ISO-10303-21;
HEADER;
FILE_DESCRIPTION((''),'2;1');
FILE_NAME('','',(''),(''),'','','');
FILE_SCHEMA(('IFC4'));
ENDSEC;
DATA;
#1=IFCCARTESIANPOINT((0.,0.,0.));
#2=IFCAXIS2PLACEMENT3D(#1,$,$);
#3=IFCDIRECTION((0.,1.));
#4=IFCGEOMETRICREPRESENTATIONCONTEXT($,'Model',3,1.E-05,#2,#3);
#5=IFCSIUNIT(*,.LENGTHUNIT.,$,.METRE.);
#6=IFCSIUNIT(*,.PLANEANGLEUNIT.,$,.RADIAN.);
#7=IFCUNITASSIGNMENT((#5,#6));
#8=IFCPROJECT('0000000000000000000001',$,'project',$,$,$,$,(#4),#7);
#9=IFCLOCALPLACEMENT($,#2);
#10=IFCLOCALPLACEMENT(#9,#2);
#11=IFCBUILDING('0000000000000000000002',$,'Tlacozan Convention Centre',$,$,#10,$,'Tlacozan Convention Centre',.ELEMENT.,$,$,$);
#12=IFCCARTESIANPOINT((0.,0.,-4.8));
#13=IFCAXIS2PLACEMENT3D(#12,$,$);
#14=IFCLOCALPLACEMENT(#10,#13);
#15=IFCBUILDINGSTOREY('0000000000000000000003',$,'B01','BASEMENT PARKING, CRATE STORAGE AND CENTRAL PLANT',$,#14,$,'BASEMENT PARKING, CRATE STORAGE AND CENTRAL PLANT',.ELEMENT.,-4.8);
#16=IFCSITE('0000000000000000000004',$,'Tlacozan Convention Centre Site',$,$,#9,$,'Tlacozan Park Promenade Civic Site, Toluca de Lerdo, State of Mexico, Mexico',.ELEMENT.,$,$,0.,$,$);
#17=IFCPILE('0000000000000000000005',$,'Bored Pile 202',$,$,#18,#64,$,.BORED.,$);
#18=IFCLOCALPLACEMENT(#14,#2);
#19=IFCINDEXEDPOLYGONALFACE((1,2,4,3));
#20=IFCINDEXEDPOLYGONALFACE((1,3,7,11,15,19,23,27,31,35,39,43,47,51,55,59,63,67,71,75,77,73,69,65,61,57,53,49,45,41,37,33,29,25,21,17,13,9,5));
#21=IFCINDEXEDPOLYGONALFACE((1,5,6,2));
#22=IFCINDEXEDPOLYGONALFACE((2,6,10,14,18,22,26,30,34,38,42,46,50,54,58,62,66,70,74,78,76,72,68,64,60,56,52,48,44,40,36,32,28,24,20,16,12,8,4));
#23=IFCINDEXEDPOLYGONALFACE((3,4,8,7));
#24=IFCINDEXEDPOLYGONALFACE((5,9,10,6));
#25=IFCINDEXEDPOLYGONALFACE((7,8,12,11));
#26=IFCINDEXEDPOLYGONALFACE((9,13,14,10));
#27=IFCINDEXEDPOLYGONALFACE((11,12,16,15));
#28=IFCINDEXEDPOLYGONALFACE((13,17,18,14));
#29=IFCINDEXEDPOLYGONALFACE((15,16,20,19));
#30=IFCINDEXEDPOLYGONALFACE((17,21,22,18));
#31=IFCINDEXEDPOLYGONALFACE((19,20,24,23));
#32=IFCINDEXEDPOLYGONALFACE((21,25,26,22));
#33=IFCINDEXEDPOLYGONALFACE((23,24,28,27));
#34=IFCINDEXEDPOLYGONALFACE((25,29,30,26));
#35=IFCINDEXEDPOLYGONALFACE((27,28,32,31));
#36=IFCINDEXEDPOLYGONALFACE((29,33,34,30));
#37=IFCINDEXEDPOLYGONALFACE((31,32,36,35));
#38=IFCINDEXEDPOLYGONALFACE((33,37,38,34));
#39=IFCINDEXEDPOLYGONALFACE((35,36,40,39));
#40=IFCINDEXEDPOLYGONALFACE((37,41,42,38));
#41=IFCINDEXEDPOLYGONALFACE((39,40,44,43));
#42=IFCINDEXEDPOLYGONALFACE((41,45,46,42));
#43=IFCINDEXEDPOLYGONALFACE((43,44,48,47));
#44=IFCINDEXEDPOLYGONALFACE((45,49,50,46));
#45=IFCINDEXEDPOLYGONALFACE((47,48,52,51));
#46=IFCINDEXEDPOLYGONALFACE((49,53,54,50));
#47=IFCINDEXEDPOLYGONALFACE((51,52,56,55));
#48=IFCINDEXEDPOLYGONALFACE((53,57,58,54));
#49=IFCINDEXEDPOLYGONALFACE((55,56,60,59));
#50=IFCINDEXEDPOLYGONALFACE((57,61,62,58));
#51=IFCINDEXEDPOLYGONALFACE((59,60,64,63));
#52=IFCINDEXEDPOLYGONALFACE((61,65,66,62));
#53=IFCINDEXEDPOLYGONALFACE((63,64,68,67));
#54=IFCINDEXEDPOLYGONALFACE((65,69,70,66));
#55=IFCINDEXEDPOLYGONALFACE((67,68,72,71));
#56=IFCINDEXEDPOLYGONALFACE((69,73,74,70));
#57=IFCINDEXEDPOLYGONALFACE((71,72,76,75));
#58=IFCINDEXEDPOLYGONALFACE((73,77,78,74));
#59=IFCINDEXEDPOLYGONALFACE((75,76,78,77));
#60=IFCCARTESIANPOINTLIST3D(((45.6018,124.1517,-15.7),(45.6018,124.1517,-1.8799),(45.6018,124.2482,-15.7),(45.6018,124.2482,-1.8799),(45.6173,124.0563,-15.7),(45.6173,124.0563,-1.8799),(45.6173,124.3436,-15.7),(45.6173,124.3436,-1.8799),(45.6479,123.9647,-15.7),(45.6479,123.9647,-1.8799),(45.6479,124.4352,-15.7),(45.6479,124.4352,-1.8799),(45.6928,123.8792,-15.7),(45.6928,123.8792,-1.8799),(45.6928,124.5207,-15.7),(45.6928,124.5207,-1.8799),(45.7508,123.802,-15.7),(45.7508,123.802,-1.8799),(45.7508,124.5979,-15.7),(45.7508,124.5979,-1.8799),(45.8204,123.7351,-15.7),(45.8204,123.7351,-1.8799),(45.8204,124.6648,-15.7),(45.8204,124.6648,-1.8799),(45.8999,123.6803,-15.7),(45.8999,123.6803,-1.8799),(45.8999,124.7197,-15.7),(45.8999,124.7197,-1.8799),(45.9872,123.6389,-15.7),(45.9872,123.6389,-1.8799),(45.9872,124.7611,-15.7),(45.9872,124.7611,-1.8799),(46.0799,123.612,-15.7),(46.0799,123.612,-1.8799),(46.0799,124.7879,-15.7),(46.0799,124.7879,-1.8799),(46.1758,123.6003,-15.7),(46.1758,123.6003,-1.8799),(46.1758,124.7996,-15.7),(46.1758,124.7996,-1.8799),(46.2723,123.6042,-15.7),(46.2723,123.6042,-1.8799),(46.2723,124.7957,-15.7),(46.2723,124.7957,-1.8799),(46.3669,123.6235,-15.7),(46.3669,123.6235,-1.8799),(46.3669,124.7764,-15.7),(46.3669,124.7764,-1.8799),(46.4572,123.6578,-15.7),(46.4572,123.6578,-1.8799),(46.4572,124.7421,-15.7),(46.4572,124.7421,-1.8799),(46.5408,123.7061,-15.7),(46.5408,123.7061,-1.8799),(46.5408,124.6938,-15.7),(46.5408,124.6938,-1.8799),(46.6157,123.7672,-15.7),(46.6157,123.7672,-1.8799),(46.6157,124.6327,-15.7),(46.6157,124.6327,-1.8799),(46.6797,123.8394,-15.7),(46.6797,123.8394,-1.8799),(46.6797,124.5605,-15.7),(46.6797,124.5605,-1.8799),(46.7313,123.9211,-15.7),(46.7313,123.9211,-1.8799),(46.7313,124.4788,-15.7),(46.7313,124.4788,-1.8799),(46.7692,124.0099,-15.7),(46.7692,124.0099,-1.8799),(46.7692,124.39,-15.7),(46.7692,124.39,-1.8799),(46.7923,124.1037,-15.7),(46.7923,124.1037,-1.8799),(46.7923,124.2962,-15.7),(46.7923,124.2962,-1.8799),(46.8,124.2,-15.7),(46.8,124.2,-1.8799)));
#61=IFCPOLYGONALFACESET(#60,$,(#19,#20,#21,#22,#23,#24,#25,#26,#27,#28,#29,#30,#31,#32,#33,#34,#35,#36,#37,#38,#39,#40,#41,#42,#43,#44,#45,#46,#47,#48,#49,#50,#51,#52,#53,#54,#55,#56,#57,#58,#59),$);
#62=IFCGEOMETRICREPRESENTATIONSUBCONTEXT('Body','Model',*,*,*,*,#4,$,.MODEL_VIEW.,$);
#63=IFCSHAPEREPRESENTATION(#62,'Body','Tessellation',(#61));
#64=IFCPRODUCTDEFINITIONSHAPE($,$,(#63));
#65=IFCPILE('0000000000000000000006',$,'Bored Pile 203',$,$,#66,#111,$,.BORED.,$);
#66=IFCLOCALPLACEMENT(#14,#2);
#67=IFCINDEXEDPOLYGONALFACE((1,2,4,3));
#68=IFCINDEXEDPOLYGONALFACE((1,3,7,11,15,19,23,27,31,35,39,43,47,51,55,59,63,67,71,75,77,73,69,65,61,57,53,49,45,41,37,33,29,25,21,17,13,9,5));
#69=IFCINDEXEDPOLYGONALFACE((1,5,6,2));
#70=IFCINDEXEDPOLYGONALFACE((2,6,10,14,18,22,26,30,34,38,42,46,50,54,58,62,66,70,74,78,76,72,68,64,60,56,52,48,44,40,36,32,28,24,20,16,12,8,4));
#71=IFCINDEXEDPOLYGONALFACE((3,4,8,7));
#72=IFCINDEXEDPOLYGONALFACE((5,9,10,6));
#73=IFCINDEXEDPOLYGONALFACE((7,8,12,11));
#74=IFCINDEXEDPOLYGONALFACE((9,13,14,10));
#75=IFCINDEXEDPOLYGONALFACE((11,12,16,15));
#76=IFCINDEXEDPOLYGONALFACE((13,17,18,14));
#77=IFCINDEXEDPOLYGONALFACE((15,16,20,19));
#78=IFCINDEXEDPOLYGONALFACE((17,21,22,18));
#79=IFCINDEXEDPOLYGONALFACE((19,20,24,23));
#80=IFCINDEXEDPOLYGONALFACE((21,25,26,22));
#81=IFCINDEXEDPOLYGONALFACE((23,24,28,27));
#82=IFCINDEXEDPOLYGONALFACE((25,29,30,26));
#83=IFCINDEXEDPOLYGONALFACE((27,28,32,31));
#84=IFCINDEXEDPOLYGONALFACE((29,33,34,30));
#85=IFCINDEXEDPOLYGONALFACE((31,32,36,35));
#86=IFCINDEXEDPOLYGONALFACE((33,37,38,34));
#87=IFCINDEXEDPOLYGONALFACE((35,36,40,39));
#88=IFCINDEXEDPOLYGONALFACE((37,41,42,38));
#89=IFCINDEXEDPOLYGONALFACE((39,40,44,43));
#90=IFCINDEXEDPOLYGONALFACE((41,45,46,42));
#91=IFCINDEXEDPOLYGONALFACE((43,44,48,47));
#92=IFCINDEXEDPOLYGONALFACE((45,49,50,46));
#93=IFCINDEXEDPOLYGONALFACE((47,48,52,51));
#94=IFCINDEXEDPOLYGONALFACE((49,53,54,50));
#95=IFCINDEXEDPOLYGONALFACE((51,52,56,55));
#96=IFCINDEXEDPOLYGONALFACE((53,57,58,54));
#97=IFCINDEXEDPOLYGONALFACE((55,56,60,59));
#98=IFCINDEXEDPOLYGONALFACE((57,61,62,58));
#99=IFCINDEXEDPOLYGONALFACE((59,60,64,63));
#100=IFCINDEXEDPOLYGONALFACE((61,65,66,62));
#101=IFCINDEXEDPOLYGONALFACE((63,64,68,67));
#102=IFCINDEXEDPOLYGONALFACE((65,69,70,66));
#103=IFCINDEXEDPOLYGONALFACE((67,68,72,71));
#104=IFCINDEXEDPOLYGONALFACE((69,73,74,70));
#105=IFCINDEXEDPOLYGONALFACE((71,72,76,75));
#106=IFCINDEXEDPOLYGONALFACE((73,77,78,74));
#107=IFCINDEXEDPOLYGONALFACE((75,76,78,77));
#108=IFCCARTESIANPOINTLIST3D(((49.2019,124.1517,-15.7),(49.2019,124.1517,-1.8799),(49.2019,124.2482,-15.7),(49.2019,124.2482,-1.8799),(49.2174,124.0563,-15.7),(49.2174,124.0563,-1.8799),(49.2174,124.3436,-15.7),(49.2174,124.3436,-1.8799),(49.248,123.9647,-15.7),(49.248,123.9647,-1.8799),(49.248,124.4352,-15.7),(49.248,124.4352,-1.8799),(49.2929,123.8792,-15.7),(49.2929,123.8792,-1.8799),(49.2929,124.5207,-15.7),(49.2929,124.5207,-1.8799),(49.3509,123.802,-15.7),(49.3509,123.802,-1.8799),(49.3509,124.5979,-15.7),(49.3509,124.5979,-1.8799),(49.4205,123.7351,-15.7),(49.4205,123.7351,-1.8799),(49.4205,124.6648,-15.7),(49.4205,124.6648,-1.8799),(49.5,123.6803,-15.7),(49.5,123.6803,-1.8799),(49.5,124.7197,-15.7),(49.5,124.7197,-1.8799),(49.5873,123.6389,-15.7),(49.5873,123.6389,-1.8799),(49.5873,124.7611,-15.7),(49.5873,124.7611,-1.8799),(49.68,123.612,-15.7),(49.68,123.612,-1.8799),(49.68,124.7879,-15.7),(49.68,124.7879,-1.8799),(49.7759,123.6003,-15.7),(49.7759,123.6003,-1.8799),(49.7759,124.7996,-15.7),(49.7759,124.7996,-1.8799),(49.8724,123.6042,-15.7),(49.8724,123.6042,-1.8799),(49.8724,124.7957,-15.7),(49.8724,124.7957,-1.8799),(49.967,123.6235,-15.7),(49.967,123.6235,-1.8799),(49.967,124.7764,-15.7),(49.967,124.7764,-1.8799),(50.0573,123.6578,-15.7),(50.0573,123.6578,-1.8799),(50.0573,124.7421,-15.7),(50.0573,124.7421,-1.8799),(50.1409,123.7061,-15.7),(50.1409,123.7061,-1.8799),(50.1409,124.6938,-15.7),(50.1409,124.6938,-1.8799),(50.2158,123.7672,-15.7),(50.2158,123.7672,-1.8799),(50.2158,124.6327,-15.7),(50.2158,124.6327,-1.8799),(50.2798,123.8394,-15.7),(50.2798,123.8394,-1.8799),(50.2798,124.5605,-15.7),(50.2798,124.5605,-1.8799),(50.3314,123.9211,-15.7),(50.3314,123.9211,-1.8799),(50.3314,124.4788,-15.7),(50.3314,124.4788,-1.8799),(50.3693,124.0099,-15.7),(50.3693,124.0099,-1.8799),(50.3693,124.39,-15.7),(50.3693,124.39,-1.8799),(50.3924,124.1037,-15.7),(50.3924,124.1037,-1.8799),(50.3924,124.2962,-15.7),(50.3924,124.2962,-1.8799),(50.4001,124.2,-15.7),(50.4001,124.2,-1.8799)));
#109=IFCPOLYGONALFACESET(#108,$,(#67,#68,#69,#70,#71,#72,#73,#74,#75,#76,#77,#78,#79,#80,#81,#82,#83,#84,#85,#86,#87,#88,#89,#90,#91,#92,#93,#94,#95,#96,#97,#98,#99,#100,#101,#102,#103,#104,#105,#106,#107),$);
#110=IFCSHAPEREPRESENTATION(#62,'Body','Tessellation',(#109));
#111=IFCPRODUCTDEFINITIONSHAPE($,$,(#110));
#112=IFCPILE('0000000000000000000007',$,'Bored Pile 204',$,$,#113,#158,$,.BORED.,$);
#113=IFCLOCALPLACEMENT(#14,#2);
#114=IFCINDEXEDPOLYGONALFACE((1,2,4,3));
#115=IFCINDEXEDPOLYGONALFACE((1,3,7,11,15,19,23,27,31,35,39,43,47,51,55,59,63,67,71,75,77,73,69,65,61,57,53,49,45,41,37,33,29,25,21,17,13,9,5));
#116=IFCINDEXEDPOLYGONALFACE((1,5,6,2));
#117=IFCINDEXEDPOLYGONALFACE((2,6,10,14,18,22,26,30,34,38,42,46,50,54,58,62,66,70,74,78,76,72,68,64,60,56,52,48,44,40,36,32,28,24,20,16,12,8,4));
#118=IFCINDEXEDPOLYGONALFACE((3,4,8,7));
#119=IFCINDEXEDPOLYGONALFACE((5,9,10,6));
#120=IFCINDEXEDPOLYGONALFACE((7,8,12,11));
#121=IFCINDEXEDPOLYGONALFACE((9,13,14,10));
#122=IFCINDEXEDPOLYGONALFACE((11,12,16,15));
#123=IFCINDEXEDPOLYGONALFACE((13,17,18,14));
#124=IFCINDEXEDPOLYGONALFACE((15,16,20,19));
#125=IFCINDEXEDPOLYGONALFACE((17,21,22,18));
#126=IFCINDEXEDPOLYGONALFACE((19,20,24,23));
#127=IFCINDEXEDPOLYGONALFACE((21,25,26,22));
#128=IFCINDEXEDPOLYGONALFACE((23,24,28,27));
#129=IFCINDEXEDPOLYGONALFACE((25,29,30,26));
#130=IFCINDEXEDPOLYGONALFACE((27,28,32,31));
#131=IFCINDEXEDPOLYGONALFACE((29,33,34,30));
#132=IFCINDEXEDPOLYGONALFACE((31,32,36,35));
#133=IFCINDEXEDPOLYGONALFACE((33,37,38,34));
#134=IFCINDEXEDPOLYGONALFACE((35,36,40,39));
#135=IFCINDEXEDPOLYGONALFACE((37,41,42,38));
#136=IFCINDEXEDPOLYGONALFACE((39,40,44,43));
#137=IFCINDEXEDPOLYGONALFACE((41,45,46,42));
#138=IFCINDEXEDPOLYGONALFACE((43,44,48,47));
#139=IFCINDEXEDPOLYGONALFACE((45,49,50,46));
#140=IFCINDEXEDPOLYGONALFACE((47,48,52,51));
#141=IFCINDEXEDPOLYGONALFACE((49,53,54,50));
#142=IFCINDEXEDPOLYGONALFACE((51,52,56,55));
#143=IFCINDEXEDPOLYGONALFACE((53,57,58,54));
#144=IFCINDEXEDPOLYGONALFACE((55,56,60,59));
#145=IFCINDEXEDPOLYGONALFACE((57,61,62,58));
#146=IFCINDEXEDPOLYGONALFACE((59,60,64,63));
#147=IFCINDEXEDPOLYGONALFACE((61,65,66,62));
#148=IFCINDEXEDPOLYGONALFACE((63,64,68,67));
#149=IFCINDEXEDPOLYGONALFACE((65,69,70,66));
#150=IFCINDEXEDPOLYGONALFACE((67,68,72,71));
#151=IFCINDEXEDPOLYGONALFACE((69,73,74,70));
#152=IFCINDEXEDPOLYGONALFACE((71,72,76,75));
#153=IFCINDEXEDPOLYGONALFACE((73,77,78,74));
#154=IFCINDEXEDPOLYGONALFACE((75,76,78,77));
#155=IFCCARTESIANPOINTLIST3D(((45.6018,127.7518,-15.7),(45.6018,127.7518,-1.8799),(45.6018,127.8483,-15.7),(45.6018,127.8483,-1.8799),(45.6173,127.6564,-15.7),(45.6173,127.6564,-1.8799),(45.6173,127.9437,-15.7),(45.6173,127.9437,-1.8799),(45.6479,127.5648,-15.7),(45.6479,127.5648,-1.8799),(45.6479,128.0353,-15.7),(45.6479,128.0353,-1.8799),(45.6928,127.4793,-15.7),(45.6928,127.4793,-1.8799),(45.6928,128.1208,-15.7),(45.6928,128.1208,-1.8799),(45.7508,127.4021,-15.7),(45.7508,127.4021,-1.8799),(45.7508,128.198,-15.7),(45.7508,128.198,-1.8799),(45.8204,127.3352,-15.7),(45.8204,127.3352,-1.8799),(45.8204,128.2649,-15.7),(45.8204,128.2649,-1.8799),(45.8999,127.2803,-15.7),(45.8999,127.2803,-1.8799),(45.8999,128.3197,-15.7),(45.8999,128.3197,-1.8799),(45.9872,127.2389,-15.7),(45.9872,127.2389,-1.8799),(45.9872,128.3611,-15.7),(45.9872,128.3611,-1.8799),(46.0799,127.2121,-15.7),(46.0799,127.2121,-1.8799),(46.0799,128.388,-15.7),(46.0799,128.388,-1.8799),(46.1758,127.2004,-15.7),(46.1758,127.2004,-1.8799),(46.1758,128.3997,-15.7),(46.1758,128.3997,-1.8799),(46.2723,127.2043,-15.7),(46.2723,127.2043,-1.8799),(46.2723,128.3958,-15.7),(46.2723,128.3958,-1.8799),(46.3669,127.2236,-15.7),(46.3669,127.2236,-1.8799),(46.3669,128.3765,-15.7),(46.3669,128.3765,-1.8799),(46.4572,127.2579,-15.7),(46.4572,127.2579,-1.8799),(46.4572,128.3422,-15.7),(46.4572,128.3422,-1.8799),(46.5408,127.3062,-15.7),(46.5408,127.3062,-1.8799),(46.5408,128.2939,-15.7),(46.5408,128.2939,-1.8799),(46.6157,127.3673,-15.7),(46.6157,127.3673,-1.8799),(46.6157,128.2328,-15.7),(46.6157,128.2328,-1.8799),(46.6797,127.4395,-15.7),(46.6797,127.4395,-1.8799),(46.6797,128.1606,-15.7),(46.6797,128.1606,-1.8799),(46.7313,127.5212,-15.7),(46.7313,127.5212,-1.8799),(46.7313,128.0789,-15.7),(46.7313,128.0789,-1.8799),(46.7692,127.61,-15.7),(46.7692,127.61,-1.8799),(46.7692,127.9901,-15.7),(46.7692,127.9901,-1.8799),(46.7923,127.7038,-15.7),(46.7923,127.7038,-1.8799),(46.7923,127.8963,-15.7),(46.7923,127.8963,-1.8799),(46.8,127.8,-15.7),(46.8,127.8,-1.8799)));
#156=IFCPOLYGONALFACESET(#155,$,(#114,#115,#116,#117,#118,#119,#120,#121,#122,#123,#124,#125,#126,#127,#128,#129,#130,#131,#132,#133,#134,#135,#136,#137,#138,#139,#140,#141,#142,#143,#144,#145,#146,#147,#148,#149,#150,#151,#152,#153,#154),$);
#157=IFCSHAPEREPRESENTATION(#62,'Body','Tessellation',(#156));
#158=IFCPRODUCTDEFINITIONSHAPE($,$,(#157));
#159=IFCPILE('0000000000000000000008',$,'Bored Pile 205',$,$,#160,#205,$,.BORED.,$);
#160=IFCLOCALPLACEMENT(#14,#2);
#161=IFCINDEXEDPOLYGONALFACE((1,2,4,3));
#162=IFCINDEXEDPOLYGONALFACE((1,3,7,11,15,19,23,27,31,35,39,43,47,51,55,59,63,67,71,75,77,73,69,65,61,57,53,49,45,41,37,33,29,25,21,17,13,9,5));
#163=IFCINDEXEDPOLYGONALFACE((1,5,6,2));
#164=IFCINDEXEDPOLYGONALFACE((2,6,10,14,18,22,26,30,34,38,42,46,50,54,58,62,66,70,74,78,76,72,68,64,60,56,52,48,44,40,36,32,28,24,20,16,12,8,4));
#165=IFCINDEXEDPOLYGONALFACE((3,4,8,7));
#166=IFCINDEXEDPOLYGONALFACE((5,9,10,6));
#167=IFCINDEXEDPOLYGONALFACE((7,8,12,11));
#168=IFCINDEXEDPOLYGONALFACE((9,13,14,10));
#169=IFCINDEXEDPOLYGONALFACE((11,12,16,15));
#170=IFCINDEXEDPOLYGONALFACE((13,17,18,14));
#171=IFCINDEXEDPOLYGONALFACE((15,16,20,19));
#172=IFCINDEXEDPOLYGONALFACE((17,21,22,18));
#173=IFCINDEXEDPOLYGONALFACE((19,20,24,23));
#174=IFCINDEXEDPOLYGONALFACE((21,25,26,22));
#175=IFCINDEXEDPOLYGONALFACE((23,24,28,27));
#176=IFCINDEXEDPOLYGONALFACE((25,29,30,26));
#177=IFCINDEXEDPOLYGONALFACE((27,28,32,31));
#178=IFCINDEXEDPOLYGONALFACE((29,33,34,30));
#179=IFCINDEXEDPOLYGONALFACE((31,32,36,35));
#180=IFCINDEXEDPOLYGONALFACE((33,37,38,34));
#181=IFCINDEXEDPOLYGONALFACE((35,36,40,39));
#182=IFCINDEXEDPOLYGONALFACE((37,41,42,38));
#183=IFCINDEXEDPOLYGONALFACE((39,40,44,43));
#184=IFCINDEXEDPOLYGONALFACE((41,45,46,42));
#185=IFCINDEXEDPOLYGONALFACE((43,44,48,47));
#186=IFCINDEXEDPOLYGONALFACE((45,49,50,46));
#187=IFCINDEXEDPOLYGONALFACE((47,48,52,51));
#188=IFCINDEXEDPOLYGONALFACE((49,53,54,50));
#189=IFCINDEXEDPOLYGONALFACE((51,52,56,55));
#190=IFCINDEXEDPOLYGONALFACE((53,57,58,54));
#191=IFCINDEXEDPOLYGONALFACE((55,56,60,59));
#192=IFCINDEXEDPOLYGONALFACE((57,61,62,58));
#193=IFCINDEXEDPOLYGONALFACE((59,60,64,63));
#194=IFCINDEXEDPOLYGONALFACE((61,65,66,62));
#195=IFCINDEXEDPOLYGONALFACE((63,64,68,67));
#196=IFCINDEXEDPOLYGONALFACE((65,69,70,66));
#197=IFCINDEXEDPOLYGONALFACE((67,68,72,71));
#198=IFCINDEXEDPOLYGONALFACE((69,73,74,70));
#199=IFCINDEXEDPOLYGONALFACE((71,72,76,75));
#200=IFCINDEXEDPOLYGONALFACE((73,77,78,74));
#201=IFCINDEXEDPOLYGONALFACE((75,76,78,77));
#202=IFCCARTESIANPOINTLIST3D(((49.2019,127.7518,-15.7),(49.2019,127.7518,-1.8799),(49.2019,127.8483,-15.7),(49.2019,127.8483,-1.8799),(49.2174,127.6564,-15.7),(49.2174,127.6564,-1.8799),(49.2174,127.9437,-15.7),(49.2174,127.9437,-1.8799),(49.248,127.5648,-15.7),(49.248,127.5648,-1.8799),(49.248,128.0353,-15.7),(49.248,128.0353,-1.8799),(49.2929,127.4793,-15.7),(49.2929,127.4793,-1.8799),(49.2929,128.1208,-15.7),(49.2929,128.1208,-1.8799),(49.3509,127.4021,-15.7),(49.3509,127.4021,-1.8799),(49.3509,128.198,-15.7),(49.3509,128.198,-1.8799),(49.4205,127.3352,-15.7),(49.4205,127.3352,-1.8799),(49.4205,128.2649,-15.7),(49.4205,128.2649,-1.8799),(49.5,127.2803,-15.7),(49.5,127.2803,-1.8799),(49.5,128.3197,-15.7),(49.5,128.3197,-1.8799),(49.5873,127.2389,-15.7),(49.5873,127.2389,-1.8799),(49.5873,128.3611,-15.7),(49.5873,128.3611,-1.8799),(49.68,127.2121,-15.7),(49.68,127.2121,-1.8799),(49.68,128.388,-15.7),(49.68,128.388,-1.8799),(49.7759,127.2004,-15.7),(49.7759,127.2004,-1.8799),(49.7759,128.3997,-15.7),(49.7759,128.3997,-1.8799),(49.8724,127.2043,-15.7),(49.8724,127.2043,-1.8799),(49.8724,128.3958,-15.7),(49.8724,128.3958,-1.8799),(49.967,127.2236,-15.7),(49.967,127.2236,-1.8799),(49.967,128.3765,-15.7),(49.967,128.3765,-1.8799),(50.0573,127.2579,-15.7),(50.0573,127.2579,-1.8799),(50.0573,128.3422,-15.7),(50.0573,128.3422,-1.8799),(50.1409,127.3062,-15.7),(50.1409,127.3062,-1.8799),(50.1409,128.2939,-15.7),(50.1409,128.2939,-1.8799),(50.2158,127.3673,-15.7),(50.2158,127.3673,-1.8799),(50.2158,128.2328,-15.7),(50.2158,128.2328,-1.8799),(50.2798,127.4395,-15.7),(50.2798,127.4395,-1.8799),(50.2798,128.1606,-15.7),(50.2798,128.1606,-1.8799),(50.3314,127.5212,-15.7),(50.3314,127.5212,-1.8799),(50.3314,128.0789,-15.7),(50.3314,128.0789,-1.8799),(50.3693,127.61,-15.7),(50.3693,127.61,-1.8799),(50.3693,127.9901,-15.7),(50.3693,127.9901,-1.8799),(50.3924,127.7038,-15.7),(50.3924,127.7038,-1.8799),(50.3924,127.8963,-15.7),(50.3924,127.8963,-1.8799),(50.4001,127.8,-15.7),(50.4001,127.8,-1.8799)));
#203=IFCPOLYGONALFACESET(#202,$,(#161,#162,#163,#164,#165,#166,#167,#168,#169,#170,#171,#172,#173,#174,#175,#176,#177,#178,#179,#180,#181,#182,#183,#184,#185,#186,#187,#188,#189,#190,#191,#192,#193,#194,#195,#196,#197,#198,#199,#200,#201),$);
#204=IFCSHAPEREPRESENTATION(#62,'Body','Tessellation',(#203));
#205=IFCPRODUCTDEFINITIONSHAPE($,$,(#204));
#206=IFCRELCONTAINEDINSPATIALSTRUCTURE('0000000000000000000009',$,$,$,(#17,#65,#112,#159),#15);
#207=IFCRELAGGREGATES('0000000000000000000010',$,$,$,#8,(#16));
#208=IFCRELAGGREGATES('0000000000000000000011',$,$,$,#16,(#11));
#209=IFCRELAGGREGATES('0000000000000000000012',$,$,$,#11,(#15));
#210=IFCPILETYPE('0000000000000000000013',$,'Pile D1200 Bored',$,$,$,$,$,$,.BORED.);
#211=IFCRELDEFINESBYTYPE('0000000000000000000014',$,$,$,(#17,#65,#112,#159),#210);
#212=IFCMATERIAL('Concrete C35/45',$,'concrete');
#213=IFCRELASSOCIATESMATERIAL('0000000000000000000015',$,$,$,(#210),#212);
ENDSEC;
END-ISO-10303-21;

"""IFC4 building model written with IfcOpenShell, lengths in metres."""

from ifc_helpers import new_model, si_unit, direction, frame, origin, origin_2d, place, context, subcontext, project, spatial, circle, extrude, material, material_profile, profile_set, type_object, element, save


model = new_model("IFC4")

# Units and contexts
model_context = context("Model", 3, precision=1e-05, world=origin(), true_north=direction((0.0, 1.0)))
body_context = subcontext(model_context, "Body", "Model", "MODEL_VIEW")
ifc_project = project(units=[si_unit("LENGTHUNIT", "METRE"), si_unit("PLANEANGLEUNIT", "RADIAN")], contexts=[model_context])

# Site, building, storey
site_placement = place(None, origin())
site = spatial("IfcSite", under=ifc_project, at=site_placement, Name="Tlacozan Convention Centre Site", LongName="Tlacozan Park Promenade Civic Site, Toluca de Lerdo, State of Mexico, Mexico", CompositionType="ELEMENT", RefElevation=0.0)
building_placement = place(site_placement, origin())
building = spatial("IfcBuilding", under=site, at=building_placement, Name="Tlacozan Convention Centre", LongName="Tlacozan Convention Centre", CompositionType="ELEMENT")
storey_placement = place(building_placement, frame((0.0, 0.0, -4.8)))
storey = spatial("IfcBuildingStorey", under=building, at=storey_placement, Name="B01", Description="BASEMENT PARKING, CRATE STORAGE AND CENTRAL PLANT", LongName="BASEMENT PARKING, CRATE STORAGE AND CENTRAL PLANT", CompositionType="ELEMENT", Elevation=-4.8)

# Shared definitions
ifc_material_1 = material(Name="Concrete C35/45", Category="concrete")

# Piles
ifc_material_profile_1 = material_profile(ifc_material_1, circle(Radius=0.6001, at=origin_2d()), Name="PILE D1200")
ifc_profile_set_1 = profile_set([ifc_material_profile_1], Name="Concrete C35/45")
pile_type_1 = type_object("IfcPileType", Name="Pile D1200 Bored", PredefinedType="BORED", material=ifc_profile_set_1)
for number, where, z_axis, x_axis, name in (
    (1, (46.2, 124.2, -1.8799), (0.0, 0.0, -1.0), (1.0, 0.0, 0.0), "Bored Pile 202"),
    (2, (49.8, 124.2, -1.8799), (0.0, 0.0, -1.0), (1.0, 0.0, 0.0), "Bored Pile 203"),
    (3, (46.2, 127.8, -1.8799), (0.0, 0.0, -1.0), (1.0, 0.0, 0.0), "Bored Pile 204"),
    (4, (49.8, 127.8, -1.8799), (0.0, 0.0, -1.0), (1.0, 0.0, 0.0), "Bored Pile 205"),
):
    element("IfcPile", number, at=place(storey_placement, frame(where, z_axis=z_axis, x_axis=x_axis)), inside=storey, type_object=pile_type_1, Name=name, PredefinedType="BORED", context=body_context, shape_type="SweptSolid", body=[
        extrude(circle(Radius=0.6001, at=origin_2d()), origin(), (0.0, 0.0, 1.0), 13.8201),
    ])

save(model, "model.ifc")
